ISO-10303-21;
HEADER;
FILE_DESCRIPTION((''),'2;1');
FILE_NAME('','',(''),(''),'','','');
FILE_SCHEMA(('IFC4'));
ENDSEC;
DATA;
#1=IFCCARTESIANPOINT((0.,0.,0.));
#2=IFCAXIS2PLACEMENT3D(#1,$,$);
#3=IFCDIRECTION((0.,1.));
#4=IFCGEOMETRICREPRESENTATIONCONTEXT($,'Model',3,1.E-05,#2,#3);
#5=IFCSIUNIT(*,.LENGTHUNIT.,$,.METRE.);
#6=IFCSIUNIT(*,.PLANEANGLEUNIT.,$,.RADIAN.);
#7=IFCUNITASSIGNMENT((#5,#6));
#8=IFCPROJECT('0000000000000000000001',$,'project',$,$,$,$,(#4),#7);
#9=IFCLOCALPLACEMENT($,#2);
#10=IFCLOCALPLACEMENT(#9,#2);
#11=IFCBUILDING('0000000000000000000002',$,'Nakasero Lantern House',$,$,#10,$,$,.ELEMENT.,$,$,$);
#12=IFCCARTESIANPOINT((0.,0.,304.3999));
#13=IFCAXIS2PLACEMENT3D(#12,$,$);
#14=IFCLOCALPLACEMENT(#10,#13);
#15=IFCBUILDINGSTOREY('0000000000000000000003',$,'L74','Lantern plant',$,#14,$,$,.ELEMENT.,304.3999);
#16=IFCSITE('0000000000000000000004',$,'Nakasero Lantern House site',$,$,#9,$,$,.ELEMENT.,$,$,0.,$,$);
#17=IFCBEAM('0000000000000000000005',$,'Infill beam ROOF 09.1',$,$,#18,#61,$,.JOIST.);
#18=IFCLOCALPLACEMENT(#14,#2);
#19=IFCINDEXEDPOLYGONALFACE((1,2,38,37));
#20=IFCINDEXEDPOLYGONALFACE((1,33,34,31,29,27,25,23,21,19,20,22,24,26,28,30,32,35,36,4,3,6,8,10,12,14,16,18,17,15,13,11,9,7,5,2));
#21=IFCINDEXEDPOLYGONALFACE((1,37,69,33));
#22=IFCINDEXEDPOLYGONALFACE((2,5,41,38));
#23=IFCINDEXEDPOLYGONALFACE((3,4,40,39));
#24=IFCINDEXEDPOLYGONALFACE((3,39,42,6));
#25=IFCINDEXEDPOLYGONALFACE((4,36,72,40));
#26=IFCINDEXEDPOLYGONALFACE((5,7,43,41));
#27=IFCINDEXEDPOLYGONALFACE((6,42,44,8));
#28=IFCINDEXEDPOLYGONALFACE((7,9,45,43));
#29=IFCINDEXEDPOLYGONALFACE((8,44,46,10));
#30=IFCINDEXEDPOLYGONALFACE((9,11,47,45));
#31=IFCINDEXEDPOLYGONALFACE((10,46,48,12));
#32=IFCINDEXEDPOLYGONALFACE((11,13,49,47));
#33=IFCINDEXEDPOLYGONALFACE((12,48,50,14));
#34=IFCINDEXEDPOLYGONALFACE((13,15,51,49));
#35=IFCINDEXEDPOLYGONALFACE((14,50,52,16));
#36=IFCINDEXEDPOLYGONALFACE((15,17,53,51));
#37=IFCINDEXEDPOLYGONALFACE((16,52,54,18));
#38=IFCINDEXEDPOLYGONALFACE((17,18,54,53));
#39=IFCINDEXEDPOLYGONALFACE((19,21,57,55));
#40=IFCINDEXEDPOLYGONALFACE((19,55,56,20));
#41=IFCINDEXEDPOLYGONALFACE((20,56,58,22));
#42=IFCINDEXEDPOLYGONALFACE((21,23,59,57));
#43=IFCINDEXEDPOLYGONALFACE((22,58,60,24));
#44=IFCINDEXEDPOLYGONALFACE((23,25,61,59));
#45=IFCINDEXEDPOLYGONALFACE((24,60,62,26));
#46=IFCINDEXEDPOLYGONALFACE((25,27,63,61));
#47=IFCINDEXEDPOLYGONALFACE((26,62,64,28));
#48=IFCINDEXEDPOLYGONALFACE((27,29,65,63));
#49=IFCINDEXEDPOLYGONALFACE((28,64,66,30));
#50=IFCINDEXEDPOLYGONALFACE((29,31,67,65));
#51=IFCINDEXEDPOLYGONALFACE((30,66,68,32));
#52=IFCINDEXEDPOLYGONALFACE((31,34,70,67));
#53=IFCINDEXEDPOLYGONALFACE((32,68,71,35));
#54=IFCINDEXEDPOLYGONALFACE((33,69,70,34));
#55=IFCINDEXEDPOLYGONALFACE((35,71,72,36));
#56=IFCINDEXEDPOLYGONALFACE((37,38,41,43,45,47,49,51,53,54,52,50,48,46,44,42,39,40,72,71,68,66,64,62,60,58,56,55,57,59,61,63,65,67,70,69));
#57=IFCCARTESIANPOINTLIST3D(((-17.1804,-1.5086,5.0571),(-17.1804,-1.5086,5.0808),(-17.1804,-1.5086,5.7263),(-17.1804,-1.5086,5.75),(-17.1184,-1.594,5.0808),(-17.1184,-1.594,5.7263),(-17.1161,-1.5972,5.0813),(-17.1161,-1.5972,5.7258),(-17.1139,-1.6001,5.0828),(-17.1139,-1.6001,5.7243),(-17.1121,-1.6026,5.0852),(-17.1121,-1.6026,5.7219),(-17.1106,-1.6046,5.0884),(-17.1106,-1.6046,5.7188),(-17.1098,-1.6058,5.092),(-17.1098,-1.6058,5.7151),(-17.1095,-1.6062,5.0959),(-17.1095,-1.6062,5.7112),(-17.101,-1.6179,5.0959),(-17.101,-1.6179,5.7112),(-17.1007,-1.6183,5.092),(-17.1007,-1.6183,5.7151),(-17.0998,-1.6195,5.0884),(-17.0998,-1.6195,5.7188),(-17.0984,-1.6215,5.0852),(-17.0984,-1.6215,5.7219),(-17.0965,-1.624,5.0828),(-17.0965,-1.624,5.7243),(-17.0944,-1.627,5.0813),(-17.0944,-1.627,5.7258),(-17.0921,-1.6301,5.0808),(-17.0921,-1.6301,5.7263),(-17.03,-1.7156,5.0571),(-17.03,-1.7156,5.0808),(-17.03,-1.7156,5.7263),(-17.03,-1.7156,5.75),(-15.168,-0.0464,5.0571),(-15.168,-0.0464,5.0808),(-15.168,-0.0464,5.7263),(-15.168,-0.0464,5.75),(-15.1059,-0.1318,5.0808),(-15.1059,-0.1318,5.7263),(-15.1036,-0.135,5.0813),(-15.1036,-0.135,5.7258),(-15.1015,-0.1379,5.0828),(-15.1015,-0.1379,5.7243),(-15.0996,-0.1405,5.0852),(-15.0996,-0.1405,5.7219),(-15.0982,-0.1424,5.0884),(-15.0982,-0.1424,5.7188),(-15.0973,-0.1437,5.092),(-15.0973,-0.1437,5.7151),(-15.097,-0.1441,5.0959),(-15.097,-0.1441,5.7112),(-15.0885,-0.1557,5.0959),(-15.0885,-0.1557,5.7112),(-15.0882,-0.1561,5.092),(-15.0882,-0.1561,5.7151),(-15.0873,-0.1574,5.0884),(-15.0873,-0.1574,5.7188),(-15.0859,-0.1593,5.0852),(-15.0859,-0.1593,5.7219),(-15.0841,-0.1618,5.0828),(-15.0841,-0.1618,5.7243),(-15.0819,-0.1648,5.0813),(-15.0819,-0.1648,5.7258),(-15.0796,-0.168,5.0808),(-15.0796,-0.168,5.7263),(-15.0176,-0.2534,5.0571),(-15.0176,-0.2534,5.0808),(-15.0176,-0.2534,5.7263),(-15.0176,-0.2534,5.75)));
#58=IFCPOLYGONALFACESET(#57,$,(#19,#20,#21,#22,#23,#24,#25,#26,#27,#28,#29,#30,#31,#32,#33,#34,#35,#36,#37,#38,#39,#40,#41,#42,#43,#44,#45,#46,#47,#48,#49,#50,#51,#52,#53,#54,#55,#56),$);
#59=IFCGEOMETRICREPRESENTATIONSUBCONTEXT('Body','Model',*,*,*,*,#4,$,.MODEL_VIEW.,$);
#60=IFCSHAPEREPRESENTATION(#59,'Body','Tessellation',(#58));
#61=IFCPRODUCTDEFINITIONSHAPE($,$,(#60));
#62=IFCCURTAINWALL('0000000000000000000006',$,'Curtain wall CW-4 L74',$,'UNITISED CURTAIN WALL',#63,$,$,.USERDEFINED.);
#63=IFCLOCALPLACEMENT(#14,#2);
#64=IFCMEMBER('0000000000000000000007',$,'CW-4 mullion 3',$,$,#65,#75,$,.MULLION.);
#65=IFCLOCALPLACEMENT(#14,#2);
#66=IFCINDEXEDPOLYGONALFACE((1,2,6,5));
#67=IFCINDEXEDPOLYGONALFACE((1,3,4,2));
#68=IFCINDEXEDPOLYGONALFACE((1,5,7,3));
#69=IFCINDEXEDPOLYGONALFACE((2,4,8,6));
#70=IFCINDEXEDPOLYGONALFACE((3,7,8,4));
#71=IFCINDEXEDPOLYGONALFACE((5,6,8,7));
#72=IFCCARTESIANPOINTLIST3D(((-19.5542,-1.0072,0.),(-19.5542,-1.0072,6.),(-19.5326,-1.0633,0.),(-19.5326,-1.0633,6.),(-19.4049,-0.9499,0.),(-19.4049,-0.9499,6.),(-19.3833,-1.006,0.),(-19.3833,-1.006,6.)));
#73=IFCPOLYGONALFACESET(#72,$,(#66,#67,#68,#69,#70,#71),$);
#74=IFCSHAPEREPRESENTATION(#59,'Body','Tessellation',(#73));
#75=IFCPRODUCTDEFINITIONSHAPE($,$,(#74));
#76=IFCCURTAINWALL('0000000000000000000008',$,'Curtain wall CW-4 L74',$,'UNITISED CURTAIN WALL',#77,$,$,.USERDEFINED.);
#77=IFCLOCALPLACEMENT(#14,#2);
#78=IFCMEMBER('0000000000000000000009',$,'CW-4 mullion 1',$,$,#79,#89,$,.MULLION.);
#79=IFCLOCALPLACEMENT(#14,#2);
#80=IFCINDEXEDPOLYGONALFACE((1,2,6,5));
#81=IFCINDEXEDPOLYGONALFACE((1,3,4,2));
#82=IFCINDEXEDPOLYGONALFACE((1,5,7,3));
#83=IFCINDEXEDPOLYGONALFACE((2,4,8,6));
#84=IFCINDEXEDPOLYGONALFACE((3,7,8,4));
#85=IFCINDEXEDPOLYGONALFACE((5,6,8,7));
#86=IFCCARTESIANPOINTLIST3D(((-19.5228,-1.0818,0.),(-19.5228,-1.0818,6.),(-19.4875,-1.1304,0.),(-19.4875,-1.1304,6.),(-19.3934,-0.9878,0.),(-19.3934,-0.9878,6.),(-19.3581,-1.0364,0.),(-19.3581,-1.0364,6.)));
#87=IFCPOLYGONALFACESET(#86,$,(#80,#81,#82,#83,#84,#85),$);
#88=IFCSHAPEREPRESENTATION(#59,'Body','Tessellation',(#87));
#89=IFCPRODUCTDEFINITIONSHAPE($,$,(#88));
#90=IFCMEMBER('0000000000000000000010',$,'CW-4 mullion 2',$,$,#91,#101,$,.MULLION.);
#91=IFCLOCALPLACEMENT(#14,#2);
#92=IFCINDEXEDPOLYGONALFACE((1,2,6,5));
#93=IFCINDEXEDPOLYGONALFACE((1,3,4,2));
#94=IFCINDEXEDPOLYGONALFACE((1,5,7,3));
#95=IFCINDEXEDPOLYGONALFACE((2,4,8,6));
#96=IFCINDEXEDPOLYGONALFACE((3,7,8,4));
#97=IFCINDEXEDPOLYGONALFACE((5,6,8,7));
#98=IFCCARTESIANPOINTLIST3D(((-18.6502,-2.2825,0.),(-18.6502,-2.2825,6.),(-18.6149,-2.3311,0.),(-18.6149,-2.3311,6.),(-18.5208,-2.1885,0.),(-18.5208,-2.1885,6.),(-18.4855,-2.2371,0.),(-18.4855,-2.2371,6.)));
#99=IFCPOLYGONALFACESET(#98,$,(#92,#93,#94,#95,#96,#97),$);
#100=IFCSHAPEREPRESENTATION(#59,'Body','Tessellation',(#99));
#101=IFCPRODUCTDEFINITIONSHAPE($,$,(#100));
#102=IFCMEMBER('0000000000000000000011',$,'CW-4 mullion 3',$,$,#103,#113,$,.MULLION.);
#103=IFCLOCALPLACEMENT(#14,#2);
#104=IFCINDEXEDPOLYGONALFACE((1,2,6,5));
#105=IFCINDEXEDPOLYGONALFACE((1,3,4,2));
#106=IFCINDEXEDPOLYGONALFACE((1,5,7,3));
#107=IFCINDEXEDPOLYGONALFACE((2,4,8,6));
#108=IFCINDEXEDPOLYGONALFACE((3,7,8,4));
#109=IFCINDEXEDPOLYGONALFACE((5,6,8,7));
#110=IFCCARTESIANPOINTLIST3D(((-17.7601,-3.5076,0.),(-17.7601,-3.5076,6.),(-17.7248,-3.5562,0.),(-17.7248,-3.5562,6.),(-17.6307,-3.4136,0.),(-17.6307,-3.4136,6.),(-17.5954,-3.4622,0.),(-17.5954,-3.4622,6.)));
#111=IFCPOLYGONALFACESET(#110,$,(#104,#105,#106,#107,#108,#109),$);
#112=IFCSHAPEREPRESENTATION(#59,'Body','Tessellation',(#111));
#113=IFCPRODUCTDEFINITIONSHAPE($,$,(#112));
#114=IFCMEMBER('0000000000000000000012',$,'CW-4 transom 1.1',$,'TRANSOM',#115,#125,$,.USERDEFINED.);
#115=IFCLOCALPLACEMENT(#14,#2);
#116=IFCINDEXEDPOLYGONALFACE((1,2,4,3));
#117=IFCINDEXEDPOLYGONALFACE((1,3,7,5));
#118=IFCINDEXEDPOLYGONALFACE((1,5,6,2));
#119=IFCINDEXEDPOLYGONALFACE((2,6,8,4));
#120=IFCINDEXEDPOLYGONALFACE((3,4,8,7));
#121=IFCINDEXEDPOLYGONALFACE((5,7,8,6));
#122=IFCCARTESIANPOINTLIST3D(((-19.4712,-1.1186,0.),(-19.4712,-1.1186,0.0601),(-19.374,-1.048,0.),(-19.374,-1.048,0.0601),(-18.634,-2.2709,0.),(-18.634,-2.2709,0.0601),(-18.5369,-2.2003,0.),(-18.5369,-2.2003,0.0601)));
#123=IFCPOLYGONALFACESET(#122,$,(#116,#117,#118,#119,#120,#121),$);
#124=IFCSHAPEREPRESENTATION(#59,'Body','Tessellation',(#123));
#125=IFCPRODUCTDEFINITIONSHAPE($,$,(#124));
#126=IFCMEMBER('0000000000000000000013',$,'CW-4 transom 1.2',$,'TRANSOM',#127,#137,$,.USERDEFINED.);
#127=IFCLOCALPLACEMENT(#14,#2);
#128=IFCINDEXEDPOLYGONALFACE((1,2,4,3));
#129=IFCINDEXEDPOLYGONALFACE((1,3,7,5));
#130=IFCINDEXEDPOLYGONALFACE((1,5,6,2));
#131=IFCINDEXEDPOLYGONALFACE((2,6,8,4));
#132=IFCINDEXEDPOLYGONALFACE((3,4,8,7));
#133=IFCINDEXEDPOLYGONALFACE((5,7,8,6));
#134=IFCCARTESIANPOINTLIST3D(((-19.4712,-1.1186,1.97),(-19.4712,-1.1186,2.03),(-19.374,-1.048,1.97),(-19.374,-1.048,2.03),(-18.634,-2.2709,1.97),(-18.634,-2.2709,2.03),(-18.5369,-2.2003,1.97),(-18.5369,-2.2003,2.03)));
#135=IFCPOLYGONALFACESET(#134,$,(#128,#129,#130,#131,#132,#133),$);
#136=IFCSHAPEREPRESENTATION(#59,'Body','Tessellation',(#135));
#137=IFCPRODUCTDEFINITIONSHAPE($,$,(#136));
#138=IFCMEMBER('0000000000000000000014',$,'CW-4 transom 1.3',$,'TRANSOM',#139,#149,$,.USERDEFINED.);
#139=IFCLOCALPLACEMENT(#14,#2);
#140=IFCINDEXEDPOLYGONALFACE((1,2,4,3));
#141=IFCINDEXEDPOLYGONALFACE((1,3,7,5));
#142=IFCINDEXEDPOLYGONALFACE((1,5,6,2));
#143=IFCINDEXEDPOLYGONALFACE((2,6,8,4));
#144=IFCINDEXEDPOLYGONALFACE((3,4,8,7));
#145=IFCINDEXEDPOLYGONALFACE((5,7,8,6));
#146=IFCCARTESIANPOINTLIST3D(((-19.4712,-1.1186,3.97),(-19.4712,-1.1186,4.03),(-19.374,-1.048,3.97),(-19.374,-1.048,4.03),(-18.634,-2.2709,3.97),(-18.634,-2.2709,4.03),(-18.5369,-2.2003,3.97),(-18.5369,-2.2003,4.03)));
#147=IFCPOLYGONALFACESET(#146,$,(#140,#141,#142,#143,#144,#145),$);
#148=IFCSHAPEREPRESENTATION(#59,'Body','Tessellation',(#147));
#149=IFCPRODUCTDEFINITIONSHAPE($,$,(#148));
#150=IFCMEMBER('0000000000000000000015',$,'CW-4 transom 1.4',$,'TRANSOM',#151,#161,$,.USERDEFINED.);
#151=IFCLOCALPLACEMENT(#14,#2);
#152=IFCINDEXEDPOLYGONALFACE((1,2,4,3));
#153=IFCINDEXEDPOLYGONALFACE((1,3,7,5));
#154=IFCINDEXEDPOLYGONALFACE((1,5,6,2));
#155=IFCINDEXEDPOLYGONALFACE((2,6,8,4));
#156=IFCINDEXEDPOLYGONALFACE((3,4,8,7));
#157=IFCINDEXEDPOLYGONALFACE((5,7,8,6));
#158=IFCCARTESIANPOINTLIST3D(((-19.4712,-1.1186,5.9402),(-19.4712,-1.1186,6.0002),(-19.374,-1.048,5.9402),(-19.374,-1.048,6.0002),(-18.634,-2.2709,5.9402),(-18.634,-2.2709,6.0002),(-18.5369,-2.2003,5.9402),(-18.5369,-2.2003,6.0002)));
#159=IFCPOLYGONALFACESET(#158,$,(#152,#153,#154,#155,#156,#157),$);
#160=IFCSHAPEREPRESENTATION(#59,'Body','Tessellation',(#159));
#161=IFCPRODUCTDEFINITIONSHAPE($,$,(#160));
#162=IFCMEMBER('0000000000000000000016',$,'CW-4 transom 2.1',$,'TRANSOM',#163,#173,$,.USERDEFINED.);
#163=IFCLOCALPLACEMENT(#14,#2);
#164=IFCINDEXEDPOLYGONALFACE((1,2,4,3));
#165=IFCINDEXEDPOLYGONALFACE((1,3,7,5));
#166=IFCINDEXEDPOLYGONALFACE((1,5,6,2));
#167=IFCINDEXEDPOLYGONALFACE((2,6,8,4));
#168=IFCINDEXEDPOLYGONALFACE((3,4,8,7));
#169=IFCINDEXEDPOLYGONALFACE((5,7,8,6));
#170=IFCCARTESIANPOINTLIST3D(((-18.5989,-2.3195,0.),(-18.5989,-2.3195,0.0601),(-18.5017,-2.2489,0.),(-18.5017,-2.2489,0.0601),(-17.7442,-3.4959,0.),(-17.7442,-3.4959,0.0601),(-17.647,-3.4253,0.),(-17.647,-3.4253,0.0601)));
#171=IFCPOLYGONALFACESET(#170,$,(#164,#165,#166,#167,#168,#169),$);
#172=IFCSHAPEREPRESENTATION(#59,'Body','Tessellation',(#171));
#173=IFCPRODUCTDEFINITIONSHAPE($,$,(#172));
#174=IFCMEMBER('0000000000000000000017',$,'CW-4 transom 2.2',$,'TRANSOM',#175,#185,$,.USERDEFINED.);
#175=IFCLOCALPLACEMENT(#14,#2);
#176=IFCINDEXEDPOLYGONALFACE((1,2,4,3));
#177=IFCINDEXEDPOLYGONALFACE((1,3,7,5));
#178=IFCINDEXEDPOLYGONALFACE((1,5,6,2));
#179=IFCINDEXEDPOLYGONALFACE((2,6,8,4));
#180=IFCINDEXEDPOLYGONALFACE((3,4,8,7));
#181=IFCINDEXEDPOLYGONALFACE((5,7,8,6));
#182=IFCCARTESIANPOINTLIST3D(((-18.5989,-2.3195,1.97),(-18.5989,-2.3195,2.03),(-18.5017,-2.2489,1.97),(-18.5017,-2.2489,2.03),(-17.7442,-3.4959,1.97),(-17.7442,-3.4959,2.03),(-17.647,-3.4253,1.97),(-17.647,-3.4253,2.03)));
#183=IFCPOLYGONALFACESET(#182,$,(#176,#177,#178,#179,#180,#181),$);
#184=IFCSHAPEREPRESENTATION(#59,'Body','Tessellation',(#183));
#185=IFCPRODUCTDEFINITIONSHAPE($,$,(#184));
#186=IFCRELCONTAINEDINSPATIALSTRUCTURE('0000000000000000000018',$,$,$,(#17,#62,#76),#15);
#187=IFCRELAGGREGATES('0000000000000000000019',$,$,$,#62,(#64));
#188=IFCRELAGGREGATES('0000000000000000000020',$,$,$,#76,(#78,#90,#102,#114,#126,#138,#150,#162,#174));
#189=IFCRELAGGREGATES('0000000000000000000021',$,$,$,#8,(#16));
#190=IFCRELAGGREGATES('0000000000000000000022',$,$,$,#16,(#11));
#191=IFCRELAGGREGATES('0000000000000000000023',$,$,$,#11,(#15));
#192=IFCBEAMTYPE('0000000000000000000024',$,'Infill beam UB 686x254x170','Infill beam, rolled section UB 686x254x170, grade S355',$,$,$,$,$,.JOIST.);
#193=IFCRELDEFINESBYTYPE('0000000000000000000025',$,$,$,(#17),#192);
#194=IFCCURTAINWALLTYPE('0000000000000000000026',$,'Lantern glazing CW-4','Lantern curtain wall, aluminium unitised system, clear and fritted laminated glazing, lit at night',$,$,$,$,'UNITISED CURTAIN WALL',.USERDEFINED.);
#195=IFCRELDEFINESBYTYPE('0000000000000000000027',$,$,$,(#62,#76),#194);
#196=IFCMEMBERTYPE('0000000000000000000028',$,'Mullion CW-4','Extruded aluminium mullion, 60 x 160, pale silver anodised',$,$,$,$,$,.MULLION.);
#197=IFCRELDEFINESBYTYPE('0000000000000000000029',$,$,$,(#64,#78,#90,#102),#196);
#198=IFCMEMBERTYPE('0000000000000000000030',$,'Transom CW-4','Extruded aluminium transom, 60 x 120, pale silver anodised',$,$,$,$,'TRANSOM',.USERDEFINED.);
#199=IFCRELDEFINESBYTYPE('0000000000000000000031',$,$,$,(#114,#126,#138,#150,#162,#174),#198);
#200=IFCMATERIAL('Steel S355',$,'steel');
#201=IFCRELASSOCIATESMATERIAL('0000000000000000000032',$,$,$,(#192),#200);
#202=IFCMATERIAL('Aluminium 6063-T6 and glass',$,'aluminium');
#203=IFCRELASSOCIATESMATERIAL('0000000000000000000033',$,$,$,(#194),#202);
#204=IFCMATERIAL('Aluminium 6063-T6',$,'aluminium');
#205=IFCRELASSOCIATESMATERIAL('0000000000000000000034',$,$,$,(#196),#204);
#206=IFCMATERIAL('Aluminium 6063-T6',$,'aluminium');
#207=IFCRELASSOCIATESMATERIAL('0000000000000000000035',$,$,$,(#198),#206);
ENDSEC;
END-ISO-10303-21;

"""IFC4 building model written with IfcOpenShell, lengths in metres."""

from ifc_helpers import new_model, si_unit, direction, frame, origin, origin_2d, place, context, subcontext, project, spatial, rectangle, i_section, extrude, material, material_profile, profile_set, type_object, element, aggregate, save


model = new_model("IFC4")

# Units and contexts
model_context = context("Model", 3, precision=1e-05, world=origin(), true_north=direction((0.0, 1.0)))
body_context = subcontext(model_context, "Body", "Model", "MODEL_VIEW")
ifc_project = project(units=[si_unit("LENGTHUNIT", "METRE"), si_unit("PLANEANGLEUNIT", "RADIAN")], contexts=[model_context])

# Site, building, storey
site_placement = place(None, origin())
site = spatial("IfcSite", under=ifc_project, at=site_placement, Name="Nakasero Lantern House site", CompositionType="ELEMENT", RefElevation=0.0)
building_placement = place(site_placement, origin())
building = spatial("IfcBuilding", under=site, at=building_placement, Name="Nakasero Lantern House", CompositionType="ELEMENT")
storey_placement = place(building_placement, frame((0.0, 0.0, 304.3999)))
storey = spatial("IfcBuildingStorey", under=building, at=storey_placement, Name="L74", Description="Lantern plant", CompositionType="ELEMENT", Elevation=304.3999)

# Beam
ifc_material_1 = material(Name="Steel S355", Category="steel")
ifc_material_profile_1 = material_profile(ifc_material_1, i_section(OverallWidth=0.2559, OverallDepth=0.6929, WebThickness=0.0144, FlangeThickness=0.0237, FilletRadius=0.0151, at=origin_2d()), Name="UB 686x254x170")
ifc_profile_set_1 = profile_set([ifc_material_profile_1], Name="Steel S355")
beam_type = type_object("IfcBeamType", Name="Infill beam UB 686x254x170", Description="Infill beam, rolled section UB 686x254x170, grade S355", PredefinedType="JOIST", material=ifc_profile_set_1)
beam_placement = place(storey_placement, frame((-17.1052, -1.6121, 5.4036), z_axis=(0.809012, 0.587792, 0.0), x_axis=(-0.587792, 0.809012, 0.0)))
element("IfcBeam", 1, at=beam_placement, inside=storey, type_object=beam_type, Name="Infill beam ROOF 09.1", PredefinedType="JOIST", context=body_context, shape_type="SweptSolid", body=[
    extrude(i_section(OverallWidth=0.2559, OverallDepth=0.6929, WebThickness=0.0144, FlangeThickness=0.0237, FilletRadius=0.0151, at=origin_2d()), origin(), (0.0, 0.0, 1.0), 2.4875),
])

# Curtain wall, member
ifc_material_2 = material(Name="Aluminium 6063-T6 and glass", Category="aluminium")
curtain_wall_type = type_object("IfcCurtainWallType", Name="Lantern glazing CW-4", Description="Lantern curtain wall, aluminium unitised system, clear and fritted laminated glazing, lit at night", ElementType="UNITISED CURTAIN WALL", PredefinedType="USERDEFINED", material=ifc_material_2)
curtain_wall_1_placement = place(storey_placement, origin())
curtain_wall_1 = element("IfcCurtainWall", 2, at=curtain_wall_1_placement, inside=storey, type_object=curtain_wall_type, Name="Curtain wall CW-4 L74", ObjectType="UNITISED CURTAIN WALL", PredefinedType="USERDEFINED")
ifc_material_3 = material(Name="Aluminium 6063-T6", Category="aluminium")
ifc_material_profile_2 = material_profile(ifc_material_3, rectangle(XDim=0.0601, YDim=0.1599, at=origin_2d()), Name="CW-4 mullion 60x160")
ifc_profile_set_2 = profile_set([ifc_material_profile_2], Name="Aluminium 6063-T6")
member_type_1 = type_object("IfcMemberType", Name="Mullion CW-4", Description="Extruded aluminium mullion, 60 x 160, pale silver anodised", PredefinedType="MULLION", material=ifc_profile_set_2)
member_1_placement = place(storey_placement, frame((-19.4688, -1.0066, 0.0), z_axis=(0.0, 0.0, 1.0), x_axis=(0.358368, -0.93358, 0.0)))
member_1 = element("IfcMember", 3, at=member_1_placement, type_object=member_type_1, Name="CW-4 mullion 3", PredefinedType="MULLION", context=body_context, shape_type="SweptSolid", body=[
    extrude(rectangle(XDim=0.0601, YDim=0.1599, at=origin_2d()), origin(), (0.0, 0.0, 1.0), 6.0),
])

# Curtain wall, members
curtain_wall_2_placement = place(storey_placement, origin())
curtain_wall_2 = element("IfcCurtainWall", 4, at=curtain_wall_2_placement, inside=storey, type_object=curtain_wall_type, Name="Curtain wall CW-4 L74", ObjectType="UNITISED CURTAIN WALL", PredefinedType="USERDEFINED")
member_2_placement = place(storey_placement, frame((-19.4404, -1.0591, 0.0), z_axis=(0.0, 0.0, 1.0), x_axis=(0.587785, -0.809017, 0.0)))
member_2 = element("IfcMember", 5, at=member_2_placement, type_object=member_type_1, Name="CW-4 mullion 1", PredefinedType="MULLION", context=body_context, shape_type="SweptSolid", body=[
    extrude(rectangle(XDim=0.0601, YDim=0.1599, at=origin_2d()), origin(), (0.0, 0.0, 1.0), 6.0),
])
member_3_placement = place(storey_placement, frame((-18.5679, -2.2598, 0.0), z_axis=(0.0, 0.0, 1.0), x_axis=(0.587785, -0.809017, 0.0)))
member_3 = element("IfcMember", 6, at=member_3_placement, type_object=member_type_1, Name="CW-4 mullion 2", PredefinedType="MULLION", context=body_context, shape_type="SweptSolid", body=[
    extrude(rectangle(XDim=0.0601, YDim=0.1599, at=origin_2d()), origin(), (0.0, 0.0, 1.0), 6.0),
])
member_4_placement = place(storey_placement, frame((-17.6777, -3.4849, 0.0), z_axis=(0.0, 0.0, 1.0), x_axis=(0.587785, -0.809017, 0.0)))
member_4 = element("IfcMember", 7, at=member_4_placement, type_object=member_type_1, Name="CW-4 mullion 3", PredefinedType="MULLION", context=body_context, shape_type="SweptSolid", body=[
    extrude(rectangle(XDim=0.0601, YDim=0.1599, at=origin_2d()), origin(), (0.0, 0.0, 1.0), 6.0),
])
ifc_material_4 = material(Name="Aluminium 6063-T6", Category="aluminium")
ifc_material_profile_3 = material_profile(ifc_material_4, rectangle(XDim=0.0601, YDim=0.1201, at=origin_2d()), Name="CW-4 transom 60x120")
ifc_profile_set_3 = profile_set([ifc_material_profile_3], Name="Aluminium 6063-T6")
member_type_2 = type_object("IfcMemberType", Name="Transom CW-4", Description="Extruded aluminium transom, 60 x 120, pale silver anodised", ElementType="TRANSOM", PredefinedType="USERDEFINED", material=ifc_profile_set_3)
member_5_placement = place(storey_placement, frame((-19.4226, -1.0833, 0.03), z_axis=(0.587754, -0.80904, 0.0), x_axis=(0.0, 0.0, 1.0)))
member_5 = element("IfcMember", 8, at=member_5_placement, type_object=member_type_2, Name="CW-4 transom 1.1", ObjectType="TRANSOM", PredefinedType="USERDEFINED", context=body_context, shape_type="SweptSolid", body=[
    extrude(rectangle(XDim=0.0601, YDim=0.1201, at=origin_2d()), origin(), (0.0, 0.0, 1.0), 1.4243),
])
member_6_placement = place(storey_placement, frame((-19.4226, -1.0833, 2.0), z_axis=(0.587754, -0.80904, 0.0), x_axis=(0.0, 0.0, 1.0)))
member_6 = element("IfcMember", 9, at=member_6_placement, type_object=member_type_2, Name="CW-4 transom 1.2", ObjectType="TRANSOM", PredefinedType="USERDEFINED", context=body_context, shape_type="SweptSolid", body=[
    extrude(rectangle(XDim=0.0601, YDim=0.1201, at=origin_2d()), origin(), (0.0, 0.0, 1.0), 1.4243),
])
member_7_placement = place(storey_placement, frame((-19.4226, -1.0833, 4.0), z_axis=(0.587754, -0.80904, 0.0), x_axis=(0.0, 0.0, 1.0)))
member_7 = element("IfcMember", 10, at=member_7_placement, type_object=member_type_2, Name="CW-4 transom 1.3", ObjectType="TRANSOM", PredefinedType="USERDEFINED", context=body_context, shape_type="SweptSolid", body=[
    extrude(rectangle(XDim=0.0601, YDim=0.1201, at=origin_2d()), origin(), (0.0, 0.0, 1.0), 1.4243),
])
member_8_placement = place(storey_placement, frame((-19.4226, -1.0833, 5.9702), z_axis=(0.587754, -0.80904, 0.0), x_axis=(0.0, 0.0, 1.0)))
member_8 = element("IfcMember", 11, at=member_8_placement, type_object=member_type_2, Name="CW-4 transom 1.4", ObjectType="TRANSOM", PredefinedType="USERDEFINED", context=body_context, shape_type="SweptSolid", body=[
    extrude(rectangle(XDim=0.0601, YDim=0.1201, at=origin_2d()), origin(), (0.0, 0.0, 1.0), 1.4243),
])
member_9_placement = place(storey_placement, frame((-18.5503, -2.2842, 0.03), z_axis=(0.587762, -0.809034, 0.0), x_axis=(0.0, 0.0, 1.0)))
member_9 = element("IfcMember", 12, at=member_9_placement, type_object=member_type_2, Name="CW-4 transom 2.1", ObjectType="TRANSOM", PredefinedType="USERDEFINED", context=body_context, shape_type="SweptSolid", body=[
    extrude(rectangle(XDim=0.0601, YDim=0.1201, at=origin_2d()), origin(), (0.0, 0.0, 1.0), 1.4541),
])
member_10_placement = place(storey_placement, frame((-18.5503, -2.2842, 2.0), z_axis=(0.587762, -0.809034, 0.0), x_axis=(0.0, 0.0, 1.0)))
member_10 = element("IfcMember", 13, at=member_10_placement, type_object=member_type_2, Name="CW-4 transom 2.2", ObjectType="TRANSOM", PredefinedType="USERDEFINED", context=body_context, shape_type="SweptSolid", body=[
    extrude(rectangle(XDim=0.0601, YDim=0.1201, at=origin_2d()), origin(), (0.0, 0.0, 1.0), 1.4541),
])

aggregate(curtain_wall_1, [member_1])
aggregate(curtain_wall_2, [member_2, member_3, member_4, member_5, member_6, member_7, member_8, member_9, member_10])

save(model, "model.ifc")
